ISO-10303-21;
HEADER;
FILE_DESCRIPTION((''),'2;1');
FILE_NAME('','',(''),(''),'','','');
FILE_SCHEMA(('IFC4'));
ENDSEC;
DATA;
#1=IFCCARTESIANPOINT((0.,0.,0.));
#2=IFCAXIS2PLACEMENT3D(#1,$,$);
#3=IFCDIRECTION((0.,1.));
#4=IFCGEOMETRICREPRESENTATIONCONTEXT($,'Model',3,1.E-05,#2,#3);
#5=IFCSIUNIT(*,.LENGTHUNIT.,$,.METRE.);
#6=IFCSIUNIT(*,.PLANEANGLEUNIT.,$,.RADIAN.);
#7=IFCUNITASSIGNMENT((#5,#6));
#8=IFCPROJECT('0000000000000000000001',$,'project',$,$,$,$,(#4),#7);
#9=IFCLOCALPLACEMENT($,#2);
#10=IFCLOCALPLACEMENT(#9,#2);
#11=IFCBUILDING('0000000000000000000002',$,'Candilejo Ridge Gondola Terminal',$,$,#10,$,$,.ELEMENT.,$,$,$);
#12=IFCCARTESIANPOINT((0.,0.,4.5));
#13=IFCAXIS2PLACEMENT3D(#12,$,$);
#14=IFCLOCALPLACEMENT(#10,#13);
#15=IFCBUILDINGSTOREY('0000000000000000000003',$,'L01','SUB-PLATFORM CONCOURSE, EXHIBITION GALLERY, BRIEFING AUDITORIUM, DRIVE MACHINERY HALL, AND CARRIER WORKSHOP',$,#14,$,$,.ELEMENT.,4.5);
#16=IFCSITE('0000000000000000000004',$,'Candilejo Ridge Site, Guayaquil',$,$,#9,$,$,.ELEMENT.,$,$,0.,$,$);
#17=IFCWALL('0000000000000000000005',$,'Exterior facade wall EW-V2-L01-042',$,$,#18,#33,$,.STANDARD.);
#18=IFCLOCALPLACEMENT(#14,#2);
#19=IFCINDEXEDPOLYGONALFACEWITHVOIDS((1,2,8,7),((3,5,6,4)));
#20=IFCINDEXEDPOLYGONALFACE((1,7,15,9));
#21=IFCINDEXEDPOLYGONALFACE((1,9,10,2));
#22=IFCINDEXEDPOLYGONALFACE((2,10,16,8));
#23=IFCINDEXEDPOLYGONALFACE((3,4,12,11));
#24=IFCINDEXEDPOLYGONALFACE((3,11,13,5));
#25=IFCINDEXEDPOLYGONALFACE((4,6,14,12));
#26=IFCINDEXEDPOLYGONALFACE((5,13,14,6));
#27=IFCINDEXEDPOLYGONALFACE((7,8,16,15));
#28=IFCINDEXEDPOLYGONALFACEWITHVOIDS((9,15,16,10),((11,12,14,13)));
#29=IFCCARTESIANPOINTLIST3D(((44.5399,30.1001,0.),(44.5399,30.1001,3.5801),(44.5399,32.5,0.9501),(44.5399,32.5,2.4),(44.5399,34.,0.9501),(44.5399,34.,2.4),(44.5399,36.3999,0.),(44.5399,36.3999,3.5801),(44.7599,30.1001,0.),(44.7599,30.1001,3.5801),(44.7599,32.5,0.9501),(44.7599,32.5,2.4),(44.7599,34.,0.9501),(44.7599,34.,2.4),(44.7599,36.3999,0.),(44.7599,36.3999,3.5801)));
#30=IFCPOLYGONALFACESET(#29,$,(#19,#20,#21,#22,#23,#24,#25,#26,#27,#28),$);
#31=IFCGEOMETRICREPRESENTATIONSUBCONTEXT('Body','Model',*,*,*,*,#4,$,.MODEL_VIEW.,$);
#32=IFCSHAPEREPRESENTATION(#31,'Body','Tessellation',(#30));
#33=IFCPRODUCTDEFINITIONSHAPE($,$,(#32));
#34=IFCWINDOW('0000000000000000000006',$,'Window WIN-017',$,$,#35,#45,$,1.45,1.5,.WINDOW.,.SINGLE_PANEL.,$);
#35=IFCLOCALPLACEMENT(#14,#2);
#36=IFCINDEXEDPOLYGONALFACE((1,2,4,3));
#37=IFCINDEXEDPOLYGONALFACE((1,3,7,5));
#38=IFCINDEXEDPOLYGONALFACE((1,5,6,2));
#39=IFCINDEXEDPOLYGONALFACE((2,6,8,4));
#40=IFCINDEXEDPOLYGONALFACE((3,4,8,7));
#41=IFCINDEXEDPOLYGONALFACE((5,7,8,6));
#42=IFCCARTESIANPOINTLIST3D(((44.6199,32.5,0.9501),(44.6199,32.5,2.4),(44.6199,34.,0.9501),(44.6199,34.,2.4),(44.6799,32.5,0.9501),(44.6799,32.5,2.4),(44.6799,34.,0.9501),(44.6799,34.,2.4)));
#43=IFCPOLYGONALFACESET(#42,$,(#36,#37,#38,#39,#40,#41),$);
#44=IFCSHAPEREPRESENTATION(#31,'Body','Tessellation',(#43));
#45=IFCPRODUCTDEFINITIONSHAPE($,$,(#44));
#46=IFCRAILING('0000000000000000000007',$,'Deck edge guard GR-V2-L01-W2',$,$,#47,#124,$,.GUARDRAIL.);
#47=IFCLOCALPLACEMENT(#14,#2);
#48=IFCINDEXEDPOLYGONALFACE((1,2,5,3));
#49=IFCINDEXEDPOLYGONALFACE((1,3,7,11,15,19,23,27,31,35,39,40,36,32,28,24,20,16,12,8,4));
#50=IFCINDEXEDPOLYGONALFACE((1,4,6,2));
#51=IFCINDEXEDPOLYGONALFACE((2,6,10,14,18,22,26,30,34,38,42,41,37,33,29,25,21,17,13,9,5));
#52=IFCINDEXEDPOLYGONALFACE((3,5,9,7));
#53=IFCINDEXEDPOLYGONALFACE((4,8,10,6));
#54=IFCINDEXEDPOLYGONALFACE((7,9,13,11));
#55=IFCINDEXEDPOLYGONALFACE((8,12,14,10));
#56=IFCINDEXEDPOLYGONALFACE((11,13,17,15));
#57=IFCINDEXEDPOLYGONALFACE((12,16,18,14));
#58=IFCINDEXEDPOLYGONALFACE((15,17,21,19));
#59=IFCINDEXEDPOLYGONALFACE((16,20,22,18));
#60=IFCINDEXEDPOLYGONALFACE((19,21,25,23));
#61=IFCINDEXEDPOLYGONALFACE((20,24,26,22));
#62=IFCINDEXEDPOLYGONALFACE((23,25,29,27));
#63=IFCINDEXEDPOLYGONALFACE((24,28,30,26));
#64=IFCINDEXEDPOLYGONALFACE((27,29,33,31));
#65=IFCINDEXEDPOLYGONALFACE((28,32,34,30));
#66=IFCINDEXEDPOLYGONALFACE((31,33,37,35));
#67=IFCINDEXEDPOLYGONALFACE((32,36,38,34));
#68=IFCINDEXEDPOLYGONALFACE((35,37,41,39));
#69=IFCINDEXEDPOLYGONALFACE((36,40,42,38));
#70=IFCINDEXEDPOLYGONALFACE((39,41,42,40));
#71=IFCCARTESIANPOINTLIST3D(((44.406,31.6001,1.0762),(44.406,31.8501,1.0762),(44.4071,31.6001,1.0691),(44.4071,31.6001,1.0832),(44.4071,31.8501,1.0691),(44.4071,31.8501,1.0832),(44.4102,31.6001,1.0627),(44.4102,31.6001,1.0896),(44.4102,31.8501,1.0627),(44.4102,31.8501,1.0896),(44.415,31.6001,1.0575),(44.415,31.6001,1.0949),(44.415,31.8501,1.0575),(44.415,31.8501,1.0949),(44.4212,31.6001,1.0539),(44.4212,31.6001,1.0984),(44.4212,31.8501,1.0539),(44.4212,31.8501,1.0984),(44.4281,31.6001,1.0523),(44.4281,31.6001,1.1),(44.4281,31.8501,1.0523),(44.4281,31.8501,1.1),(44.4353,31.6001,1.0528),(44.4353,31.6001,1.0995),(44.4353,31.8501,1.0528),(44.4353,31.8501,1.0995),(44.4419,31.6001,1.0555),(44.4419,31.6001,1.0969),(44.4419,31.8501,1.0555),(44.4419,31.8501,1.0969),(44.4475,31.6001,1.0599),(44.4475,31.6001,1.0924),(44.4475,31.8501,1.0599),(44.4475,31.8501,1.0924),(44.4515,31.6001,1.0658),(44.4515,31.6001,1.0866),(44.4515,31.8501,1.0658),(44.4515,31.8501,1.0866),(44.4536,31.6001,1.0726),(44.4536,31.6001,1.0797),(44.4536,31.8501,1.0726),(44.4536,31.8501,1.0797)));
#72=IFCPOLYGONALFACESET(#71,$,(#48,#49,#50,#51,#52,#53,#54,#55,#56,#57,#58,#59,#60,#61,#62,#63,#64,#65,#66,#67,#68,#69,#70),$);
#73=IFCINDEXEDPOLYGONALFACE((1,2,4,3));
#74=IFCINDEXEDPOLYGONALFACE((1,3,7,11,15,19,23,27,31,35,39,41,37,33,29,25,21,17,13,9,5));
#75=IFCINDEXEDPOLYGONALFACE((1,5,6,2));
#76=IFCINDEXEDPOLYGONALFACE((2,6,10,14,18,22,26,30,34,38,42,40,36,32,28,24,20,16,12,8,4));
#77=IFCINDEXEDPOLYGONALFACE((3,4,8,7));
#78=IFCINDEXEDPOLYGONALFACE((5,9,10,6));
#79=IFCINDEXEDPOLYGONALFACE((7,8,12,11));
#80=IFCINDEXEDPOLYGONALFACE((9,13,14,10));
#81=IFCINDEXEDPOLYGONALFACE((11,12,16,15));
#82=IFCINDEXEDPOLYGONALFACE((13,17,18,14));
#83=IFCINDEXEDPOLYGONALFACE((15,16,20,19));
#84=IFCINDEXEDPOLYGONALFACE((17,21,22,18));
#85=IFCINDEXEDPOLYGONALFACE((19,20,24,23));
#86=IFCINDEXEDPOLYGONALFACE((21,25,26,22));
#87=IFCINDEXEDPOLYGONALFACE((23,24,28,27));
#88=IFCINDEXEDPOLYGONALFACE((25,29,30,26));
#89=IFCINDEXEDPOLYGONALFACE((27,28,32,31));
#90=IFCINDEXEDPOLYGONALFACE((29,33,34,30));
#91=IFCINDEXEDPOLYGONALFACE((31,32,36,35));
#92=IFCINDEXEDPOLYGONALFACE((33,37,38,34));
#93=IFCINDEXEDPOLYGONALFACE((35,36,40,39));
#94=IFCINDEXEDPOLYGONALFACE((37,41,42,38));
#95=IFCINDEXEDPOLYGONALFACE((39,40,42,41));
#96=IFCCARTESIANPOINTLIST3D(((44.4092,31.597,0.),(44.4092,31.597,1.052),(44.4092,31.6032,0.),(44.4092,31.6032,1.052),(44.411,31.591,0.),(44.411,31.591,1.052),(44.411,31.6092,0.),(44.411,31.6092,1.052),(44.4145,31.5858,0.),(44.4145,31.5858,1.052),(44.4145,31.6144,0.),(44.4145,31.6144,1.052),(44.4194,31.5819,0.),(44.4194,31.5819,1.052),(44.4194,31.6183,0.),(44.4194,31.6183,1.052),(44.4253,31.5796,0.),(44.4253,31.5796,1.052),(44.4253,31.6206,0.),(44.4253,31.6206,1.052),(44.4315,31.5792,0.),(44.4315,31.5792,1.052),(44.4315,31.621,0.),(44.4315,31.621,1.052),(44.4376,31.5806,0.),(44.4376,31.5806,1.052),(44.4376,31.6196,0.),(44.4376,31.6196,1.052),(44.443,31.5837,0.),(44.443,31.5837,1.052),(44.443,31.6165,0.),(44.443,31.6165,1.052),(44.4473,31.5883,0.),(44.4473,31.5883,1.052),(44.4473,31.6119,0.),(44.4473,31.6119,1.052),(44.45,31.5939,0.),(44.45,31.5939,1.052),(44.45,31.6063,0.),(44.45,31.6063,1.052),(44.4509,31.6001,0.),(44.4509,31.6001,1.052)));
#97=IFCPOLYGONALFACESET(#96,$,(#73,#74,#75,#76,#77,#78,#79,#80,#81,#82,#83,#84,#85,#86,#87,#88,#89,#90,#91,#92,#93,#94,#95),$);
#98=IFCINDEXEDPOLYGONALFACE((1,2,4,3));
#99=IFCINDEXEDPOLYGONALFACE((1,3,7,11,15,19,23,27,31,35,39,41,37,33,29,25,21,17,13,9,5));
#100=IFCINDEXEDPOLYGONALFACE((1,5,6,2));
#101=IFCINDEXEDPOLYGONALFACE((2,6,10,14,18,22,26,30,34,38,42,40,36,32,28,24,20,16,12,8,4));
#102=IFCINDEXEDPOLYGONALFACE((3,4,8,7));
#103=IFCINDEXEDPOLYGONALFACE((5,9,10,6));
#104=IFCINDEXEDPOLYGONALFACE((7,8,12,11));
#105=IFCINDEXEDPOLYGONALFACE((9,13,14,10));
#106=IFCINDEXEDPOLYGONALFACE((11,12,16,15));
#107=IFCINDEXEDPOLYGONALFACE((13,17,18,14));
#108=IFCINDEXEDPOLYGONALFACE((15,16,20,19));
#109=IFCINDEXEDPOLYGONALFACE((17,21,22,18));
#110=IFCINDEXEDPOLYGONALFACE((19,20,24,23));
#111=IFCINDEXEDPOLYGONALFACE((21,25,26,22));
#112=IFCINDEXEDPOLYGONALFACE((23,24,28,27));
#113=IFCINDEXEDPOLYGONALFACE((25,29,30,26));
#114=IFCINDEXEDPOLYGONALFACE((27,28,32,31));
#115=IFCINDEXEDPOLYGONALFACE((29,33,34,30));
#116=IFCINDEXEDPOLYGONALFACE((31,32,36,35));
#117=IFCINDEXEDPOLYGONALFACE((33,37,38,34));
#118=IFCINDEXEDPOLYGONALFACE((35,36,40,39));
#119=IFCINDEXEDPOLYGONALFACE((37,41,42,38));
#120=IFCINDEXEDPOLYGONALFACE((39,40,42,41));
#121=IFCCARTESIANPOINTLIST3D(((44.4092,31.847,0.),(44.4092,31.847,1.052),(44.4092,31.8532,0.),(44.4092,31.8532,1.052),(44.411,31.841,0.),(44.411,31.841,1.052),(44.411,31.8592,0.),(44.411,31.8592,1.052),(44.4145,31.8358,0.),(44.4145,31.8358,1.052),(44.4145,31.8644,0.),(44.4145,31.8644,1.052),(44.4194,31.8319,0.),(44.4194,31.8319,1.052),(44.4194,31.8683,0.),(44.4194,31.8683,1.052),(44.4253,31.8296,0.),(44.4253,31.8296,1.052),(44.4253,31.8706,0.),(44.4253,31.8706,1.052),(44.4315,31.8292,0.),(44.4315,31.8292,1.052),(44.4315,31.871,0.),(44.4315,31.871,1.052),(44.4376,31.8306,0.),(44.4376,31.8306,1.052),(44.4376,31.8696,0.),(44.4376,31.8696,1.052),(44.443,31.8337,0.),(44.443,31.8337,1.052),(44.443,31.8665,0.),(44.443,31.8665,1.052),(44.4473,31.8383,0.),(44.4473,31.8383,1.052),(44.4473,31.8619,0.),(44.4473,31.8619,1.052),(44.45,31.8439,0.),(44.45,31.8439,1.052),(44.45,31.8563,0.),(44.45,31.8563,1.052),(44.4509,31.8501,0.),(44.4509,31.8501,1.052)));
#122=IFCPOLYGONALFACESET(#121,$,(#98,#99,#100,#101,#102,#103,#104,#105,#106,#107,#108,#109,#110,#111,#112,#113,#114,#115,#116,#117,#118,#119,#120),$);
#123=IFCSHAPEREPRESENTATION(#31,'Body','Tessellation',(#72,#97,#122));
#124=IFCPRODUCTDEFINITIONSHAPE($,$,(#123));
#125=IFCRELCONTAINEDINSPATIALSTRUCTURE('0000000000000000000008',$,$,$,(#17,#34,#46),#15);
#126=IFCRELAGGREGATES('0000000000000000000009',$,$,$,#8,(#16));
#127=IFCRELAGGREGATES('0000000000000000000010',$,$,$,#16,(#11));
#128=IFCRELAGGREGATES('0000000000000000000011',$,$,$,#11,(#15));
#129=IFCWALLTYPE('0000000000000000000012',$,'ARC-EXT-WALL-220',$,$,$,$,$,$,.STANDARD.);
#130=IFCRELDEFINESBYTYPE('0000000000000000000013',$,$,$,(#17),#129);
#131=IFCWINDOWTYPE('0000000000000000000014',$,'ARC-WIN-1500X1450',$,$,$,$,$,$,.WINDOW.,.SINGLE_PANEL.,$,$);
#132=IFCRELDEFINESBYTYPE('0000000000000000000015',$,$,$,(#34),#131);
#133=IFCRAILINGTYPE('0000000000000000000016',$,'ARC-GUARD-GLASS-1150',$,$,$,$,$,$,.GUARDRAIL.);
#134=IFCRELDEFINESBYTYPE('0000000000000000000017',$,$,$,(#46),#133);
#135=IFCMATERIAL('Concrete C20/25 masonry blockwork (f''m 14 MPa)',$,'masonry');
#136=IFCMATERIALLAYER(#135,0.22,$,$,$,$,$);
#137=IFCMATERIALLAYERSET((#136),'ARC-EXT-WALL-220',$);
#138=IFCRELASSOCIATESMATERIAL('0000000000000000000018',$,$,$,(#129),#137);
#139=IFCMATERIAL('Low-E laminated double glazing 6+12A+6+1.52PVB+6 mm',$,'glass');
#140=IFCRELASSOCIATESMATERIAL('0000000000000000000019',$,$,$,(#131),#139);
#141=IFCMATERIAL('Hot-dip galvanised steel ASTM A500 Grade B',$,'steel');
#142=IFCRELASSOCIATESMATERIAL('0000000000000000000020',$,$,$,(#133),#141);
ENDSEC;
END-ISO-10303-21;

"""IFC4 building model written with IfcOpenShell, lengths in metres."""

from ifc_helpers import new_model, si_unit, direction, frame, frame_2d, origin, origin_2d, place, context, subcontext, project, spatial, rectangle, circle, extrude, material, layer, layer_set, type_object, element, fill, save


model = new_model("IFC4")

# Units and contexts
model_context = context("Model", 3, precision=1e-05, world=origin(), true_north=direction((0.0, 1.0)))
body_context = subcontext(model_context, "Body", "Model", "MODEL_VIEW")
ifc_project = project(units=[si_unit("LENGTHUNIT", "METRE"), si_unit("PLANEANGLEUNIT", "RADIAN")], contexts=[model_context])

# Site, building, storey
site_placement = place(None, origin())
site = spatial("IfcSite", under=ifc_project, at=site_placement, Name="Candilejo Ridge Site, Guayaquil", CompositionType="ELEMENT", RefElevation=0.0)
building_placement = place(site_placement, origin())
building = spatial("IfcBuilding", under=site, at=building_placement, Name="Candilejo Ridge Gondola Terminal", CompositionType="ELEMENT")
storey_placement = place(building_placement, frame((0.0, 0.0, 4.5)))
storey = spatial("IfcBuildingStorey", under=building, at=storey_placement, Name="L01", Description="SUB-PLATFORM CONCOURSE, EXHIBITION GALLERY, BRIEFING AUDITORIUM, DRIVE MACHINERY HALL, AND CARRIER WORKSHOP", CompositionType="ELEMENT", Elevation=4.5)

# Shared definitions
ifc_material_1 = material(Name="Concrete C20/25 masonry blockwork (f'm 14 MPa)", Category="masonry")
ifc_layer_1 = layer(ifc_material_1, 0.22)
ifc_layer_set_1 = layer_set([ifc_layer_1], Name="ARC-EXT-WALL-220")
wall_type = type_object("IfcWallType", Name="ARC-EXT-WALL-220", PredefinedType="STANDARD", material=ifc_layer_set_1)

# Wall, opening, window
wall_1_placement = place(storey_placement, frame((44.6499, 30.1001, 0.0), z_axis=(0.0, 0.0, 1.0), x_axis=(0.0, 1.0, 0.0)))
wall_1 = element("IfcWall", 1, at=wall_1_placement, inside=storey, type_object=wall_type, Name="Exterior facade wall EW-V2-L01-042", PredefinedType="STANDARD", context=body_context, shape_type="SweptSolid", body=[
    extrude(rectangle(XDim=6.2998, YDim=0.22, at=frame_2d((3.1499, 0.0))), origin(), (0.0, 0.0, 1.0), 3.5801),
])
opening_placement = place(wall_1_placement, frame((2.3999, 0.0, 0.95)))
opening = element("IfcOpeningElement", 2, at=opening_placement, cuts=wall_1, PredefinedType="OPENING", context=body_context, shape_type="SweptSolid", body=[
    extrude(rectangle(XDim=1.5, YDim=1.45, at=frame_2d((0.75, 0.7251))), frame((0.0, 0.1199, 0.0), z_axis=(0.0, -1.0, 0.0), x_axis=(1.0, 0.0, 0.0)), (0.0, 0.0, 1.0), 0.24),
])
ifc_material_2 = material(Name="Low-E laminated double glazing 6+12A+6+1.52PVB+6 mm", Category="glass")
window_type = type_object("IfcWindowType", Name="ARC-WIN-1500X1450", PartitioningType="SINGLE_PANEL", PredefinedType="WINDOW", material=ifc_material_2)
window_placement = place(opening_placement, origin())
window = element("IfcWindow", 3, at=window_placement, inside=storey, type_object=window_type, Name="Window WIN-017", OverallHeight=1.45, OverallWidth=1.5, PartitioningType="SINGLE_PANEL", PredefinedType="WINDOW", context=body_context, shape_type="SweptSolid", body=[
    extrude(rectangle(XDim=1.5, YDim=1.45, at=frame_2d((0.75, 0.7251))), frame((0.0, 0.03, 0.0), z_axis=(0.0, -1.0, 0.0), x_axis=(1.0, 0.0, 0.0)), (0.0, 0.0, 1.0), 0.0601),
])
fill(opening, window)

# Railing
ifc_material_3 = material(Name="Hot-dip galvanised steel ASTM A500 Grade B", Category="steel")
railing_type = type_object("IfcRailingType", Name="ARC-GUARD-GLASS-1150", PredefinedType="GUARDRAIL", material=ifc_material_3)
railing_placement = place(storey_placement, frame((44.4299, 31.6001, 0.0)))
element("IfcRailing", 4, at=railing_placement, inside=storey, type_object=railing_type, Name="Deck edge guard GR-V2-L01-W2", PredefinedType="GUARDRAIL", context=body_context, shape_type="SweptSolid", body=[
    extrude(circle(Radius=0.0239, at=origin_2d()), frame((0.0, 0.0, 1.0762), z_axis=(0.0, 1.0, 0.0), x_axis=(-1.0, 0.0, 0.0)), (0.0, 0.0, 1.0), 0.25),
    extrude(circle(Radius=0.021, at=origin_2d()), origin(), (0.0, 0.0, 1.0), 1.052),
    extrude(circle(Radius=0.021, at=origin_2d()), frame((0.0, 0.25, 0.0)), (0.0, 0.0, 1.0), 1.052),
])

save(model, "model.ifc")
